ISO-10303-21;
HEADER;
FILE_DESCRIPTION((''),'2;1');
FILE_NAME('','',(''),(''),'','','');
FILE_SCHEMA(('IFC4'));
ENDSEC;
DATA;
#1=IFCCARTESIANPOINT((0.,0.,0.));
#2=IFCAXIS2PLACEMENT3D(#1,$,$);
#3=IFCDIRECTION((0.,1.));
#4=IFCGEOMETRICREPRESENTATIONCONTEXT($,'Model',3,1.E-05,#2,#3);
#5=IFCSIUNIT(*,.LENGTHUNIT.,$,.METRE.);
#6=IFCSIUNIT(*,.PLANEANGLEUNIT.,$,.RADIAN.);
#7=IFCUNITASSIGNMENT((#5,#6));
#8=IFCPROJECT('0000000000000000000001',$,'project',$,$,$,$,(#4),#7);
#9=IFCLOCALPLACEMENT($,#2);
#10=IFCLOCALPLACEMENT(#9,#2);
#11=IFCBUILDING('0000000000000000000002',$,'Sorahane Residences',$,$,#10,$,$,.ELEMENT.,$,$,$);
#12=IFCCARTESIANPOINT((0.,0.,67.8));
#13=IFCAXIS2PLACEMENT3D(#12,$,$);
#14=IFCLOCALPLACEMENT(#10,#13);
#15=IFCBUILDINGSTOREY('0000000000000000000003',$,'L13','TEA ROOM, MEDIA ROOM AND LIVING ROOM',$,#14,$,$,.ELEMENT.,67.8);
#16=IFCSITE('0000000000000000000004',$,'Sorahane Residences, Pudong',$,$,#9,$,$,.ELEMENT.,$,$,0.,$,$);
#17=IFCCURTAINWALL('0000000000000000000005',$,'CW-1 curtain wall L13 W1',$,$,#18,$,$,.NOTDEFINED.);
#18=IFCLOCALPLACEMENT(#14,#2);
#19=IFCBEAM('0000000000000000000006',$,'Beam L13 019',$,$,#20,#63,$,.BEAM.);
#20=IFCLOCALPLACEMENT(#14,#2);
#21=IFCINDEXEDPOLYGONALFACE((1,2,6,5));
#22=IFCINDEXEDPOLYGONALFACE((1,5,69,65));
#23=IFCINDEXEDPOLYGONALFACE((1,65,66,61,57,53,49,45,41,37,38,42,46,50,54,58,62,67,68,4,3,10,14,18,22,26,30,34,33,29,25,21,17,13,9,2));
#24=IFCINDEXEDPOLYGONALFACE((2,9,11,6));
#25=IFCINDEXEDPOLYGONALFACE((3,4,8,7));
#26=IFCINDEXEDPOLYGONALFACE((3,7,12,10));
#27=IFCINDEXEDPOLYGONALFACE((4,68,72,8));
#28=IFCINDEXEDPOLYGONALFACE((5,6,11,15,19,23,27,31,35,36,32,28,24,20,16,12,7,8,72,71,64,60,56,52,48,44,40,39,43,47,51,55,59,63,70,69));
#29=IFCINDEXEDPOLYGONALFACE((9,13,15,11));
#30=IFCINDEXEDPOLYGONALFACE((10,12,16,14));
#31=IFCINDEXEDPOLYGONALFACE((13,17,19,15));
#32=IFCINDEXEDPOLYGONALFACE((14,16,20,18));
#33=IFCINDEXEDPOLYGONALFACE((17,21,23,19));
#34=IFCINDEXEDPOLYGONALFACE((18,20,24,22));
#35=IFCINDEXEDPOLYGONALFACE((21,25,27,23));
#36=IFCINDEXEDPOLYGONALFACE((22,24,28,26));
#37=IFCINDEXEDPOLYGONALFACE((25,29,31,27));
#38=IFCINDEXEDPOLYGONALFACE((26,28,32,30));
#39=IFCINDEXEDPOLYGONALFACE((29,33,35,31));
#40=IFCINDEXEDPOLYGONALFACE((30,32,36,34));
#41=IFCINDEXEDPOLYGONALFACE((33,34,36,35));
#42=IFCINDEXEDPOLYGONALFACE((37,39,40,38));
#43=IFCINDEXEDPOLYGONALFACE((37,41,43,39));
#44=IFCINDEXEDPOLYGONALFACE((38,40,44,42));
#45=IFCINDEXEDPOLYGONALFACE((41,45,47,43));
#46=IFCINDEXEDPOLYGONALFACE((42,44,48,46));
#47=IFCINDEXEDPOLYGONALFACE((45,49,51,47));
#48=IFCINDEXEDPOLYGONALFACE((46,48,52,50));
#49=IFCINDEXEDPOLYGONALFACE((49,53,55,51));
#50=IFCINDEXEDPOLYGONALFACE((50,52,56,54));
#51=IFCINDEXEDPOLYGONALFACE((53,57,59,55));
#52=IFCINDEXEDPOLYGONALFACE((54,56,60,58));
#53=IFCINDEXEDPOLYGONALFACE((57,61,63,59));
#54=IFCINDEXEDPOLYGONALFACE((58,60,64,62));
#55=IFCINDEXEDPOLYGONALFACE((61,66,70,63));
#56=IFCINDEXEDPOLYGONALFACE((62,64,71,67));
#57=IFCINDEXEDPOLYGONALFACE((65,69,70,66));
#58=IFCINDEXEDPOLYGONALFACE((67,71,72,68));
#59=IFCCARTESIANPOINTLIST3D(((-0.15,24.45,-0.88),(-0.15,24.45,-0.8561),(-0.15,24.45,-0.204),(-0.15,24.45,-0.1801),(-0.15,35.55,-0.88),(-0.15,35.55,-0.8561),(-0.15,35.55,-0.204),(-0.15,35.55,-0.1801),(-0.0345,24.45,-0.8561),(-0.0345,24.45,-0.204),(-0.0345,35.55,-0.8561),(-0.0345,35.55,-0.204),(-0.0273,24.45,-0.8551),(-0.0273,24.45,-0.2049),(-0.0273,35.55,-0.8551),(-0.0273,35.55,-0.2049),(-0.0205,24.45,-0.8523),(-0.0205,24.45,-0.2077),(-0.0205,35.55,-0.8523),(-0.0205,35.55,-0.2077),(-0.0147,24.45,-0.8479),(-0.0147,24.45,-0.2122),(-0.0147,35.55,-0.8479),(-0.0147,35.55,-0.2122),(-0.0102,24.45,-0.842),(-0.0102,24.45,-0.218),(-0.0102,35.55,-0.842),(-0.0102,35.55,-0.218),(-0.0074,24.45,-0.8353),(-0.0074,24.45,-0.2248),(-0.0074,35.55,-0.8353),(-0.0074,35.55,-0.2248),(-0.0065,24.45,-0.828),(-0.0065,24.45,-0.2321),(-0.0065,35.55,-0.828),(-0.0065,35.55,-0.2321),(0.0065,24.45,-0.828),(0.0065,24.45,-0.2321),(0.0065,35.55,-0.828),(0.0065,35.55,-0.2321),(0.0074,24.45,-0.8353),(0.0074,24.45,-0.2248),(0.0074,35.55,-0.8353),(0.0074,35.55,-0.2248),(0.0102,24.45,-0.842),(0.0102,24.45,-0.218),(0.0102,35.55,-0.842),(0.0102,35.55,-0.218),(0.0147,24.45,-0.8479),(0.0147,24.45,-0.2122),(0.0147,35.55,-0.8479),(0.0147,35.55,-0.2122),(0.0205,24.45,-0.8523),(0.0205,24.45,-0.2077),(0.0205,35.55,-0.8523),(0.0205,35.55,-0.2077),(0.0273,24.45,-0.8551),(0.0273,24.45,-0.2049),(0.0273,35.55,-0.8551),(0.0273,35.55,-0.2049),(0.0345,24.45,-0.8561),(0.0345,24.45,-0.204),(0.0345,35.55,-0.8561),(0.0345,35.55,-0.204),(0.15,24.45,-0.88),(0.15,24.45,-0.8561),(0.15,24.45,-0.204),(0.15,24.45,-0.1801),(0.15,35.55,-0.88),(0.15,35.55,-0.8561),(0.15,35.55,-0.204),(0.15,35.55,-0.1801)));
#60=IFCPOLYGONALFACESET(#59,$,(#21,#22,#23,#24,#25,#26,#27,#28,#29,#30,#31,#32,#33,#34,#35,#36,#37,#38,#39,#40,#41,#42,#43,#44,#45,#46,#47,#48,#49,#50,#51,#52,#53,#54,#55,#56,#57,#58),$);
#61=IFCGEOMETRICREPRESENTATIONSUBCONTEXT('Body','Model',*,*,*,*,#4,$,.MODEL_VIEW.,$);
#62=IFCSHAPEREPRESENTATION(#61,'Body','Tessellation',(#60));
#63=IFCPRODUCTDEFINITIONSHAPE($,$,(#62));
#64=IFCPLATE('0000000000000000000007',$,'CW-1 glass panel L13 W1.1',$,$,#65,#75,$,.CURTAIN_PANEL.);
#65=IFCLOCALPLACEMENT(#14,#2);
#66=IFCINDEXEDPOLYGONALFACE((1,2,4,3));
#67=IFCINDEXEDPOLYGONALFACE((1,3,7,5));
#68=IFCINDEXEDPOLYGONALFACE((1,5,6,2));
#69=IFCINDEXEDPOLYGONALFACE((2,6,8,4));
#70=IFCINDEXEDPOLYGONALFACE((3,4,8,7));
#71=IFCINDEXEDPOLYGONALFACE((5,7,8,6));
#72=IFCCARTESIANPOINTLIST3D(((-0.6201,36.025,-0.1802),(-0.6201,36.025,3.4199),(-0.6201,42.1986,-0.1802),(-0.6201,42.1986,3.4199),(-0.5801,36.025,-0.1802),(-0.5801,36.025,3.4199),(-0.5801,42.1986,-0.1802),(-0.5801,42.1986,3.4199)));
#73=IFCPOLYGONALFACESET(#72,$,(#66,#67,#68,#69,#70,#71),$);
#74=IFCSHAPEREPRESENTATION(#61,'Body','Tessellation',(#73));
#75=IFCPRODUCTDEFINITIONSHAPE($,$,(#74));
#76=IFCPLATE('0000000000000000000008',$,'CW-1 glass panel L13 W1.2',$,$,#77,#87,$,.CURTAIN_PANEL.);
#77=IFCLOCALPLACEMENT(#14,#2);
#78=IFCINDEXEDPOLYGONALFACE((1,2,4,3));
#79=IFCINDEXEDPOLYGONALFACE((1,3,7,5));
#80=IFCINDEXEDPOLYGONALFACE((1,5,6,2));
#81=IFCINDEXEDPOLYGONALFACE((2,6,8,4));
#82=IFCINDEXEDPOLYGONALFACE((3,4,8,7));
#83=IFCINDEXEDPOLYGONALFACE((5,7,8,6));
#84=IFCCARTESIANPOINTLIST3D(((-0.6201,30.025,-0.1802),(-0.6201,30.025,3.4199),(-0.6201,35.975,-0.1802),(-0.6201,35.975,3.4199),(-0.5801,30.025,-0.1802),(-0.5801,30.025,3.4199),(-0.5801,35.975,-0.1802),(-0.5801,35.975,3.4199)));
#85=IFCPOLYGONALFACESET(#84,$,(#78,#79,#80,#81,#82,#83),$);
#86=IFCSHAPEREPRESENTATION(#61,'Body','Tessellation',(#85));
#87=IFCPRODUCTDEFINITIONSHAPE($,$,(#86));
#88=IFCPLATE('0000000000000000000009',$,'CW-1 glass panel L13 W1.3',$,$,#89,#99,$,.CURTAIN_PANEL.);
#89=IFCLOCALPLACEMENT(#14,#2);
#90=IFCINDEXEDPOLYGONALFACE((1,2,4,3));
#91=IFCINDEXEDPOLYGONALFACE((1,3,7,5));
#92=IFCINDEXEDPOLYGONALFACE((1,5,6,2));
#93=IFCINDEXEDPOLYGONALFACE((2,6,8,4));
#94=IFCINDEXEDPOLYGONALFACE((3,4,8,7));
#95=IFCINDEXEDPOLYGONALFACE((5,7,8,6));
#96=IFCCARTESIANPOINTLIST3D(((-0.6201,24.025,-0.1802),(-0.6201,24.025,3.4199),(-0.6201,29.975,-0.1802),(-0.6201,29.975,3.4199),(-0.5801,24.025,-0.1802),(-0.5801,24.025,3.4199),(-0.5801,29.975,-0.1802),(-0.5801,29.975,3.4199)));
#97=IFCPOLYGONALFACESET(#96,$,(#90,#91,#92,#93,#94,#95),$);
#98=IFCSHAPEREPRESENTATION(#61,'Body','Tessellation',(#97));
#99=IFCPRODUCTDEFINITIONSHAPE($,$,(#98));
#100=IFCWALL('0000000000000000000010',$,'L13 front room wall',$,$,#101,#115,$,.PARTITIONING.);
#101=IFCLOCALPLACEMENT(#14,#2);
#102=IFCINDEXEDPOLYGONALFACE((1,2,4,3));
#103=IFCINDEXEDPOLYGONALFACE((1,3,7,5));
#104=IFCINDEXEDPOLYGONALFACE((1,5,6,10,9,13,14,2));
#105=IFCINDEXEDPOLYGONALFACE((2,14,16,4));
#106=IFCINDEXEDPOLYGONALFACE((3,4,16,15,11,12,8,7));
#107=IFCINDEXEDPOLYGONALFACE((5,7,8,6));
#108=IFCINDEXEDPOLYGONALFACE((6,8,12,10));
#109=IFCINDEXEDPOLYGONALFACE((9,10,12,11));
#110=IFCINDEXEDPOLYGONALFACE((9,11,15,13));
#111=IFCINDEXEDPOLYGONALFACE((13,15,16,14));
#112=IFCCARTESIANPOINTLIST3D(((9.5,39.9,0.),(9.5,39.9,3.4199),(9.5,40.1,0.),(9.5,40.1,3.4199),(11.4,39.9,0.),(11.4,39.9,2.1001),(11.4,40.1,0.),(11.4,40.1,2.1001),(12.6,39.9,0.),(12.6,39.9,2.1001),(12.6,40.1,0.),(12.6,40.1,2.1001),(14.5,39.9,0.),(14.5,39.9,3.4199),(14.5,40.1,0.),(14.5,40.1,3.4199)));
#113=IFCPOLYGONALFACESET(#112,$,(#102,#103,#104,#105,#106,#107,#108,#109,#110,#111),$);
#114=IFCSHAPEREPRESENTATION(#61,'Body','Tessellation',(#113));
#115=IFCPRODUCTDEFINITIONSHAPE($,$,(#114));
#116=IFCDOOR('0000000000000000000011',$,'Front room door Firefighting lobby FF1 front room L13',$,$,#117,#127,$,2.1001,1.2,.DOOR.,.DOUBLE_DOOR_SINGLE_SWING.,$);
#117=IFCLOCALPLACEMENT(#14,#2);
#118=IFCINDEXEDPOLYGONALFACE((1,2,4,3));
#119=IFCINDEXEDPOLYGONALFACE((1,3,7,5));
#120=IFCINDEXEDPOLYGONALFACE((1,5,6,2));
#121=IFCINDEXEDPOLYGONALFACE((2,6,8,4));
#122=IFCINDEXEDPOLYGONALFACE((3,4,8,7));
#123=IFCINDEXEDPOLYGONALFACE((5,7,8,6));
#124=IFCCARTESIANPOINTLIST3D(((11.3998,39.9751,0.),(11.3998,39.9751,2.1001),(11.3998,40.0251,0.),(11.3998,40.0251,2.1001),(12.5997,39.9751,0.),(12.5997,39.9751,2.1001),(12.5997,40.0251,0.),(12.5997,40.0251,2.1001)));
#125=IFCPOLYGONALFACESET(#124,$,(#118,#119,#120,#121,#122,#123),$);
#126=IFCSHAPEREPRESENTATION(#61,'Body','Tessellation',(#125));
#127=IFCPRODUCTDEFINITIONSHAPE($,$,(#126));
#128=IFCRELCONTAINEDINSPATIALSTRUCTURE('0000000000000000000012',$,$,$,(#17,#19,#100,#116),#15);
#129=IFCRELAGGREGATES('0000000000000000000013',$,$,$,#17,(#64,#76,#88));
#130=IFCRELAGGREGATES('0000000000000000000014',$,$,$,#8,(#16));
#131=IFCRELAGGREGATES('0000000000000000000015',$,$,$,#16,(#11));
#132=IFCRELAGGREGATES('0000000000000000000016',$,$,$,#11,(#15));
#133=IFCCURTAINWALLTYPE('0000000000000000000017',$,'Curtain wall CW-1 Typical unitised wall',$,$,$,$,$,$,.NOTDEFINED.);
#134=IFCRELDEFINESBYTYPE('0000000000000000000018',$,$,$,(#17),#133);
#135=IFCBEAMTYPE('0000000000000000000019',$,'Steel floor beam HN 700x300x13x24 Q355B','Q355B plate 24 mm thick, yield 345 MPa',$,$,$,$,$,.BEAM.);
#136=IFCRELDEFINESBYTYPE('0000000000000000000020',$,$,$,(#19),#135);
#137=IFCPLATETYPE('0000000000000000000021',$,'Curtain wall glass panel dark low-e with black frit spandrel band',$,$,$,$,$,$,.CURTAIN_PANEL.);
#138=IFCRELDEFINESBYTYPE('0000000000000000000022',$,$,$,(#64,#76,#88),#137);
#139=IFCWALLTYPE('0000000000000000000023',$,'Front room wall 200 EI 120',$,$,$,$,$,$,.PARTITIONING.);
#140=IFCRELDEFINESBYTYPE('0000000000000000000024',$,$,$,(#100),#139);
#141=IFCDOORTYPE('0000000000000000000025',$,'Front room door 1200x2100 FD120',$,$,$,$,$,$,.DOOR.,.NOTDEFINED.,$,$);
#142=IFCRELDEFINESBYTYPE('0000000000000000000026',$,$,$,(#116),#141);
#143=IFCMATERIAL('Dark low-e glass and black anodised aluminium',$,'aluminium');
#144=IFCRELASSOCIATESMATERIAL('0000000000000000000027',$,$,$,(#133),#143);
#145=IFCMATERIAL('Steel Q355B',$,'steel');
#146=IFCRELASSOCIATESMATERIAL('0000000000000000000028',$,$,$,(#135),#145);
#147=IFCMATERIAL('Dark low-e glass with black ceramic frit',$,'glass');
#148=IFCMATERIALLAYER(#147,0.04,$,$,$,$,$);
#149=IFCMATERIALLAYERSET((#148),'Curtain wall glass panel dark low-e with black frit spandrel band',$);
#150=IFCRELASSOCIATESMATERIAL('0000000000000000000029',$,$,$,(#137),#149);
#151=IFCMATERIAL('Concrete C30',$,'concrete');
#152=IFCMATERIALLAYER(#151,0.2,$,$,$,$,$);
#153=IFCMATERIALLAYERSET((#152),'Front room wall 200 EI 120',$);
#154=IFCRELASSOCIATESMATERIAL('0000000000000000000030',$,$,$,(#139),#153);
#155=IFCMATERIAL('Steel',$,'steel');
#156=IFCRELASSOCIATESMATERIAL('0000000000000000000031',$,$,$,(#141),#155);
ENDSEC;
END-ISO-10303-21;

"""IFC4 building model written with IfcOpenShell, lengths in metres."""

from ifc_helpers import new_model, si_unit, direction, frame, frame_2d, origin, origin_2d, place, context, subcontext, project, spatial, rectangle, i_section, extrude, material, layer, layer_set, material_profile, profile_set, type_object, element, fill, aggregate, save


model = new_model("IFC4")

# Units and contexts
model_context = context("Model", 3, precision=1e-05, world=origin(), true_north=direction((0.0, 1.0)))
body_context = subcontext(model_context, "Body", "Model", "MODEL_VIEW")
ifc_project = project(units=[si_unit("LENGTHUNIT", "METRE"), si_unit("PLANEANGLEUNIT", "RADIAN")], contexts=[model_context])

# Site, building, storey
site_placement = place(None, origin())
site = spatial("IfcSite", under=ifc_project, at=site_placement, Name="Sorahane Residences, Pudong", CompositionType="ELEMENT", RefElevation=0.0)
building_placement = place(site_placement, origin())
building = spatial("IfcBuilding", under=site, at=building_placement, Name="Sorahane Residences", CompositionType="ELEMENT")
storey_placement = place(building_placement, frame((0.0, 0.0, 67.8)))
storey = spatial("IfcBuildingStorey", under=building, at=storey_placement, Name="L13", Description="TEA ROOM, MEDIA ROOM AND LIVING ROOM", CompositionType="ELEMENT", Elevation=67.8)

# Curtain wall
ifc_material_1 = material(Name="Dark low-e glass and black anodised aluminium", Category="aluminium")
curtain_wall_type = type_object("IfcCurtainWallType", Name="Curtain wall CW-1 Typical unitised wall", PredefinedType="NOTDEFINED", material=ifc_material_1)
curtain_wall_placement = place(storey_placement, origin())
curtain_wall = element("IfcCurtainWall", 1, at=curtain_wall_placement, inside=storey, type_object=curtain_wall_type, Name="CW-1 curtain wall L13 W1", PredefinedType="NOTDEFINED")

# Beam
ifc_material_2 = material(Name="Steel Q355B", Category="steel")
ifc_material_profile_1 = material_profile(ifc_material_2, i_section(OverallWidth=0.3, OverallDepth=0.7, WebThickness=0.0129, FlangeThickness=0.0239, FilletRadius=0.0281, at=origin_2d()), Name="HN 700x300x13x24")
ifc_profile_set_1 = profile_set([ifc_material_profile_1], Name="Steel Q355B")
beam_type_1 = type_object("IfcBeamType", Name="Steel floor beam HN 700x300x13x24 Q355B", Description="Q355B plate 24 mm thick, yield 345 MPa", PredefinedType="BEAM", material=ifc_profile_set_1)
beam_1_placement = place(storey_placement, frame((0.0, 24.45, -0.53), z_axis=(0.0, 1.0, 0.0), x_axis=(-1.0, 0.0, 0.0)))
element("IfcBeam", 2, at=beam_1_placement, inside=storey, type_object=beam_type_1, Name="Beam L13 019", PredefinedType="BEAM", context=body_context, shape_type="SweptSolid", body=[
    extrude(i_section(OverallWidth=0.3, OverallDepth=0.7, WebThickness=0.0129, FlangeThickness=0.0239, FilletRadius=0.0281, at=origin_2d()), origin(), (0.0, 0.0, 1.0), 11.1001),
])

# Plates
ifc_material_3 = material(Name="Dark low-e glass with black ceramic frit", Category="glass")
ifc_layer_1 = layer(ifc_material_3, 0.04)
ifc_layer_set_1 = layer_set([ifc_layer_1], Name="Curtain wall glass panel dark low-e with black frit spandrel band")
plate_type = type_object("IfcPlateType", Name="Curtain wall glass panel dark low-e with black frit spandrel band", PredefinedType="CURTAIN_PANEL", material=ifc_layer_set_1)
plate_1_placement = place(storey_placement, frame((-0.6001, 39.1118, -0.1802), z_axis=(0.0, 0.0, 1.0), x_axis=(0.0, -1.0, 0.0)))
plate_1 = element("IfcPlate", 3, at=plate_1_placement, type_object=plate_type, Name="CW-1 glass panel L13 W1.1", PredefinedType="CURTAIN_PANEL", context=body_context, shape_type="SweptSolid", body=[
    extrude(rectangle(XDim=6.1736, YDim=0.04, at=origin_2d()), origin(), (0.0, 0.0, 1.0), 3.6001),
])
plate_2_placement = place(storey_placement, frame((-0.6001, 33.0, -0.1802), z_axis=(0.0, 0.0, 1.0), x_axis=(0.0, -1.0, 0.0)))
plate_2 = element("IfcPlate", 4, at=plate_2_placement, type_object=plate_type, Name="CW-1 glass panel L13 W1.2", PredefinedType="CURTAIN_PANEL", context=body_context, shape_type="SweptSolid", body=[
    extrude(rectangle(XDim=5.95, YDim=0.04, at=origin_2d()), origin(), (0.0, 0.0, 1.0), 3.6001),
])
plate_3_placement = place(storey_placement, frame((-0.6001, 27.0, -0.1802), z_axis=(0.0, 0.0, 1.0), x_axis=(0.0, -1.0, 0.0)))
plate_3 = element("IfcPlate", 5, at=plate_3_placement, type_object=plate_type, Name="CW-1 glass panel L13 W1.3", PredefinedType="CURTAIN_PANEL", context=body_context, shape_type="SweptSolid", body=[
    extrude(rectangle(XDim=5.95, YDim=0.04, at=origin_2d()), origin(), (0.0, 0.0, 1.0), 3.6001),
])
aggregate(curtain_wall, [plate_1, plate_2, plate_3])

# Wall, opening, door
ifc_material_4 = material(Name="Concrete C30", Category="concrete")
ifc_layer_2 = layer(ifc_material_4, 0.2)
ifc_layer_set_2 = layer_set([ifc_layer_2], Name="Front room wall 200 EI 120")
wall_type_1 = type_object("IfcWallType", Name="Front room wall 200 EI 120", PredefinedType="PARTITIONING", material=ifc_layer_set_2)
wall_1_placement = place(storey_placement, frame((9.5, 40.0, 0.0), z_axis=(0.0, 0.0, 1.0), x_axis=(1.0, 0.0, 0.0)))
wall_1 = element("IfcWall", 6, at=wall_1_placement, inside=storey, type_object=wall_type_1, Name="L13 front room wall", PredefinedType="PARTITIONING", context=body_context, shape_type="SweptSolid", body=[
    extrude(rectangle(XDim=5.0, YDim=0.2, at=frame_2d((2.5, 0.0))), origin(), (0.0, 0.0, 1.0), 3.4199),
])
opening_1_placement = place(wall_1_placement, frame((1.8999, 0.0, 0.0)))
opening_1 = element("IfcOpeningElement", 7, at=opening_1_placement, cuts=wall_1, PredefinedType="OPENING", context=body_context, shape_type="SweptSolid", body=[
    extrude(rectangle(XDim=1.2, YDim=2.1001, at=frame_2d((0.6001, 1.05))), frame((0.0, 0.1099, 0.0), z_axis=(0.0, -1.0, 0.0), x_axis=(1.0, 0.0, 0.0)), (0.0, 0.0, 1.0), 0.22),
])
ifc_material_5 = material(Name="Steel", Category="steel")
door_type_1 = type_object("IfcDoorType", Name="Front room door 1200x2100 FD120", OperationType="NOTDEFINED", PredefinedType="DOOR", material=ifc_material_5)
door_1_placement = place(opening_1_placement, frame((1.2, 0.0, 0.0), z_axis=(0.0, 0.0, 1.0), x_axis=(-1.0, 0.0, 0.0)))
door_1 = element("IfcDoor", 8, at=door_1_placement, inside=storey, type_object=door_type_1, Name="Front room door Firefighting lobby FF1 front room L13", OperationType="DOUBLE_DOOR_SINGLE_SWING", OverallHeight=2.1001, OverallWidth=1.2, PredefinedType="DOOR", context=body_context, shape_type="SweptSolid", body=[
    extrude(rectangle(XDim=1.2, YDim=2.1001, at=frame_2d((0.6001, 1.05))), frame((0.0, 0.0249, 0.0), z_axis=(0.0, -1.0, 0.0), x_axis=(1.0, 0.0, 0.0)), (0.0, 0.0, 1.0), 0.05),
])
fill(opening_1, door_1)

save(model, "model.ifc")
